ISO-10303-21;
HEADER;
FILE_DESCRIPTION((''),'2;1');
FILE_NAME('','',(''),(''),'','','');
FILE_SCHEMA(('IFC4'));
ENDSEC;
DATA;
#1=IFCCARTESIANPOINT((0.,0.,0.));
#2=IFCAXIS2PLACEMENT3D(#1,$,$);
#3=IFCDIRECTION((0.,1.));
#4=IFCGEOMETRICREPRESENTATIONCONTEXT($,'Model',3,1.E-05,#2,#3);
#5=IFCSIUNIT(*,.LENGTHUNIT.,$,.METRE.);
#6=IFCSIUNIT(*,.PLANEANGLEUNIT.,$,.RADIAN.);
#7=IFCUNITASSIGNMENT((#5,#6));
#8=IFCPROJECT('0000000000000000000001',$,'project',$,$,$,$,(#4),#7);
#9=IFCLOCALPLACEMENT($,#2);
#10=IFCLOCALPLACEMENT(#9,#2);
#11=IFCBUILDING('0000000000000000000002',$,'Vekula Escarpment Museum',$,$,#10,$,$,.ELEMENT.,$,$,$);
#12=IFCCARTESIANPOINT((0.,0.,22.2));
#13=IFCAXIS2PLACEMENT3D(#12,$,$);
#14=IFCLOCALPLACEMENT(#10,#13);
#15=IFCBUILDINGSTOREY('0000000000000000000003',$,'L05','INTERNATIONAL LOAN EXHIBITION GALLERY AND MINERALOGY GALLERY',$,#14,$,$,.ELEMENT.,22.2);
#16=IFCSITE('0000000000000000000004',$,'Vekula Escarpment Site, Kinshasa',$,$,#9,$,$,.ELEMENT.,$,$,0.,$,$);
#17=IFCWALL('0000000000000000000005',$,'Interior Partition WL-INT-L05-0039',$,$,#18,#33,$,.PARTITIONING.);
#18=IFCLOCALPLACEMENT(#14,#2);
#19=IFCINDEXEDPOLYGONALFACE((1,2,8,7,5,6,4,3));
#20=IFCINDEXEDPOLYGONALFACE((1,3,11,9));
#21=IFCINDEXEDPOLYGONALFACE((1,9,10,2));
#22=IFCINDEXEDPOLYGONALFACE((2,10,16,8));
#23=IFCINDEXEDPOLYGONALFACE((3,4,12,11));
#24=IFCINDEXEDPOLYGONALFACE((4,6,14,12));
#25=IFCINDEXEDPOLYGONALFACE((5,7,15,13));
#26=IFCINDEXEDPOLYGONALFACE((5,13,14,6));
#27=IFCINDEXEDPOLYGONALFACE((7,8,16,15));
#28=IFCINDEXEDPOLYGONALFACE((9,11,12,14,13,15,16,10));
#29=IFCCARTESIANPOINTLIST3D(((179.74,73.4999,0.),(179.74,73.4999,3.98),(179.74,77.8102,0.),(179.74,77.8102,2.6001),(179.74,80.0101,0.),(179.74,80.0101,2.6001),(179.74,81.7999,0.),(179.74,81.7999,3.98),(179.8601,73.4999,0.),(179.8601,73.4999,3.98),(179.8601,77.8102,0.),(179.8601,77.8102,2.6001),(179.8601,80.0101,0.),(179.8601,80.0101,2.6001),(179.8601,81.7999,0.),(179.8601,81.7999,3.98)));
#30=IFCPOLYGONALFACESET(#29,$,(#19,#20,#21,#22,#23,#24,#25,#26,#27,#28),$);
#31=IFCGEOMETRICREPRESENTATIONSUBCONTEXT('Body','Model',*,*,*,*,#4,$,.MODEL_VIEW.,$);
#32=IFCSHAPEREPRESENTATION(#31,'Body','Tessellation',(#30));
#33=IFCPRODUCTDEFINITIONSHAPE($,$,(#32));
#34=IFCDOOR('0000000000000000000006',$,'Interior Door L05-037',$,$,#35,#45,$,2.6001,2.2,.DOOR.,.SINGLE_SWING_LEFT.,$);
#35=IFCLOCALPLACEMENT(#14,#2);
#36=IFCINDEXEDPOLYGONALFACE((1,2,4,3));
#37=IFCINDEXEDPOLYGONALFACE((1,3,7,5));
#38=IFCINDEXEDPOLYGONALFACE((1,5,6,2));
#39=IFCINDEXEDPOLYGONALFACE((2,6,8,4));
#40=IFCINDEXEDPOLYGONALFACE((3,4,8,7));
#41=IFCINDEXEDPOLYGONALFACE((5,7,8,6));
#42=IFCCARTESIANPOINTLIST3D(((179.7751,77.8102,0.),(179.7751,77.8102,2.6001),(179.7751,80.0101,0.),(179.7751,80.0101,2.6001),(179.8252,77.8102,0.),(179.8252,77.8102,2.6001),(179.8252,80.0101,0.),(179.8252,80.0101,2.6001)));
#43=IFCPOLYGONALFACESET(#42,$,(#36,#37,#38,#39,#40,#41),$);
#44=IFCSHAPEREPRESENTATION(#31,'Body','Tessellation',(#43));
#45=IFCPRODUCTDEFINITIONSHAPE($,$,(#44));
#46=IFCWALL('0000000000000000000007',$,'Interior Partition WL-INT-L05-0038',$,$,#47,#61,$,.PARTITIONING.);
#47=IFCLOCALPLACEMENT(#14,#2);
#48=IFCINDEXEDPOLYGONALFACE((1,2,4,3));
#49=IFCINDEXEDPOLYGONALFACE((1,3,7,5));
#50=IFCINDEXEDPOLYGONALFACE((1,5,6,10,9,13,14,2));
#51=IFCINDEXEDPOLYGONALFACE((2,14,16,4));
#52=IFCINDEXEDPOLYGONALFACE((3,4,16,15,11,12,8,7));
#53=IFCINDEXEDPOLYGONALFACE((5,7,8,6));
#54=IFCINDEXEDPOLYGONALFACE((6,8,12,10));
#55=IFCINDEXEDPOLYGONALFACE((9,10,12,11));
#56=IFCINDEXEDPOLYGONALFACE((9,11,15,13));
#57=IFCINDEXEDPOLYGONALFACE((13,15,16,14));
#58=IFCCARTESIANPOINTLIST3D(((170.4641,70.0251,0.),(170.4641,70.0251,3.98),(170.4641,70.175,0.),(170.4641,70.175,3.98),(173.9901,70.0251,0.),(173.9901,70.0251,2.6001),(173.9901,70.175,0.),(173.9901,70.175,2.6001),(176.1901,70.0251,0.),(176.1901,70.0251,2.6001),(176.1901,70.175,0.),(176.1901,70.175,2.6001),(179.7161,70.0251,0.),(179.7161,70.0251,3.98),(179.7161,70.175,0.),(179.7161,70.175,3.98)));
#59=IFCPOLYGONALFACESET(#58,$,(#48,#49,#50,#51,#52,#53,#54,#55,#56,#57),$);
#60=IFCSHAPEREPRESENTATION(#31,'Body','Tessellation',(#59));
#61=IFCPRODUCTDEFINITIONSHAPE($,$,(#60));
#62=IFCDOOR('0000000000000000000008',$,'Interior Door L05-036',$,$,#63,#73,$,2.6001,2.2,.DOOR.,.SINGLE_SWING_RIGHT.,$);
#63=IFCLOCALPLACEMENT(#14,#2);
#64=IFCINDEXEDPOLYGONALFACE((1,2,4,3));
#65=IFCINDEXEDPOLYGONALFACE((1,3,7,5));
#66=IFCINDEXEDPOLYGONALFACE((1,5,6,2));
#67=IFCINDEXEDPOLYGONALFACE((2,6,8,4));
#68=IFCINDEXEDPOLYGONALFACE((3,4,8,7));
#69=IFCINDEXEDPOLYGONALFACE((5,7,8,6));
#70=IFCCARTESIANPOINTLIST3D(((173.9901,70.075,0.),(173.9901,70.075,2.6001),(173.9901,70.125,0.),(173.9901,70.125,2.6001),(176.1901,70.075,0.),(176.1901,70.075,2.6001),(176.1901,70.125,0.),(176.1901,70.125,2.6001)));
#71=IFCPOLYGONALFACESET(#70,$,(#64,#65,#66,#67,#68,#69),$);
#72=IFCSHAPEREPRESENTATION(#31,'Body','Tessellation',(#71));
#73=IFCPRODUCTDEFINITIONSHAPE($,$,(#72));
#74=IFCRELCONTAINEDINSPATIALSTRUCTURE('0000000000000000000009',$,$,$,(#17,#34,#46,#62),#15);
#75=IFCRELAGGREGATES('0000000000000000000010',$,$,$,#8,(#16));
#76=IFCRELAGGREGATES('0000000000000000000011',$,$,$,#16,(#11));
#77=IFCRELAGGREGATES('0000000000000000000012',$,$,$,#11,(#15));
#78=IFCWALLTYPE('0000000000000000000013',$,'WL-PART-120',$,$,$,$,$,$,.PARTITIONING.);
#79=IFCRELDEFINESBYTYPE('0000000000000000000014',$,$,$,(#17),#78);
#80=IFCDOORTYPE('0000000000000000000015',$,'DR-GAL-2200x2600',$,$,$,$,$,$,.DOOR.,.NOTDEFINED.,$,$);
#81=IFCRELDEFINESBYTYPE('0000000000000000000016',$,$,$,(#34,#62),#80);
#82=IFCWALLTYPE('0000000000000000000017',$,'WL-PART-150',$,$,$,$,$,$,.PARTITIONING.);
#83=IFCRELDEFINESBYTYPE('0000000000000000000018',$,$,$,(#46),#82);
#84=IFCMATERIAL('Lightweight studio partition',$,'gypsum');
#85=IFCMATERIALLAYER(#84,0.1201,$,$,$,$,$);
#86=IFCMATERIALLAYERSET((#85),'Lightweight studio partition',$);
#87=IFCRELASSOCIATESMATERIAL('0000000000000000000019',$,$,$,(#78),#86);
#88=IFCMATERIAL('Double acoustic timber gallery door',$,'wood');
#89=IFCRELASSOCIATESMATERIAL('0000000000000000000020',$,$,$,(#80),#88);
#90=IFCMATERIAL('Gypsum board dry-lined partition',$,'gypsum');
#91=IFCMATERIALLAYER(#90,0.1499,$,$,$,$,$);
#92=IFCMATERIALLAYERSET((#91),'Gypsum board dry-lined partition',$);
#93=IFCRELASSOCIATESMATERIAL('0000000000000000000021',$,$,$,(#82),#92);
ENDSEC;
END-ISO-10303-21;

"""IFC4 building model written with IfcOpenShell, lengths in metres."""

from ifc_helpers import new_model, si_unit, direction, frame, frame_2d, origin, place, context, subcontext, project, spatial, rectangle, extrude, material, layer, layer_set, type_object, element, fill, save


model = new_model("IFC4")

# Units and contexts
model_context = context("Model", 3, precision=1e-05, world=origin(), true_north=direction((0.0, 1.0)))
body_context = subcontext(model_context, "Body", "Model", "MODEL_VIEW")
ifc_project = project(units=[si_unit("LENGTHUNIT", "METRE"), si_unit("PLANEANGLEUNIT", "RADIAN")], contexts=[model_context])

# Site, building, storey
site_placement = place(None, origin())
site = spatial("IfcSite", under=ifc_project, at=site_placement, Name="Vekula Escarpment Site, Kinshasa", CompositionType="ELEMENT", RefElevation=0.0)
building_placement = place(site_placement, origin())
building = spatial("IfcBuilding", under=site, at=building_placement, Name="Vekula Escarpment Museum", CompositionType="ELEMENT")
storey_placement = place(building_placement, frame((0.0, 0.0, 22.2)))
storey = spatial("IfcBuildingStorey", under=building, at=storey_placement, Name="L05", Description="INTERNATIONAL LOAN EXHIBITION GALLERY AND MINERALOGY GALLERY", CompositionType="ELEMENT", Elevation=22.2)

# Walls, openings, doors
ifc_material_1 = material(Name="Lightweight studio partition", Category="gypsum")
ifc_layer_1 = layer(ifc_material_1, 0.1201)
ifc_layer_set_1 = layer_set([ifc_layer_1], Name="Lightweight studio partition")
wall_type_1 = type_object("IfcWallType", Name="WL-PART-120", PredefinedType="PARTITIONING", material=ifc_layer_set_1)
wall_1_placement = place(storey_placement, frame((179.8, 73.5, 0.0), z_axis=(0.0, 0.0, 1.0), x_axis=(0.0, 1.0, 0.0)))
wall_1 = element("IfcWall", 1, at=wall_1_placement, inside=storey, type_object=wall_type_1, Name="Interior Partition WL-INT-L05-0039", PredefinedType="PARTITIONING", context=body_context, shape_type="SweptSolid", body=[
    extrude(rectangle(XDim=8.3, YDim=0.1201, at=frame_2d((4.1499, 0.0))), origin(), (0.0, 0.0, 1.0), 3.98),
])
opening_1_placement = place(wall_1_placement, frame((4.3101, 0.0, 0.0)))
opening_1 = element("IfcOpeningElement", 2, at=opening_1_placement, cuts=wall_1, PredefinedType="OPENING", context=body_context, shape_type="SweptSolid", body=[
    extrude(rectangle(XDim=2.2, YDim=2.6001, at=frame_2d((1.1001, 1.3))), frame((0.0, 0.0701, 0.0), z_axis=(0.0, -1.0, 0.0), x_axis=(1.0, 0.0, 0.0)), (0.0, 0.0, 1.0), 0.1401),
])
ifc_material_2 = material(Name="Double acoustic timber gallery door", Category="wood")
door_type_1 = type_object("IfcDoorType", Name="DR-GAL-2200x2600", OperationType="NOTDEFINED", PredefinedType="DOOR", material=ifc_material_2)
door_1_placement = place(opening_1_placement, origin())
door_1 = element("IfcDoor", 3, at=door_1_placement, inside=storey, type_object=door_type_1, Name="Interior Door L05-037", OperationType="SINGLE_SWING_LEFT", OverallHeight=2.6001, OverallWidth=2.2, PredefinedType="DOOR", context=body_context, shape_type="SweptSolid", body=[
    extrude(rectangle(XDim=2.2, YDim=2.6001, at=frame_2d((1.1001, 1.3))), frame((0.0, 0.0249, 0.0), z_axis=(0.0, -1.0, 0.0), x_axis=(1.0, 0.0, 0.0)), (0.0, 0.0, 1.0), 0.05),
])
fill(opening_1, door_1)
ifc_material_3 = material(Name="Gypsum board dry-lined partition", Category="gypsum")
ifc_layer_2 = layer(ifc_material_3, 0.1499)
ifc_layer_set_2 = layer_set([ifc_layer_2], Name="Gypsum board dry-lined partition")
wall_type_2 = type_object("IfcWallType", Name="WL-PART-150", PredefinedType="PARTITIONING", material=ifc_layer_set_2)
wall_2_placement = place(storey_placement, frame((170.4641, 70.1001, 0.0), z_axis=(0.0, 0.0, 1.0), x_axis=(1.0, 0.0, 0.0)))
wall_2 = element("IfcWall", 4, at=wall_2_placement, inside=storey, type_object=wall_type_2, Name="Interior Partition WL-INT-L05-0038", PredefinedType="PARTITIONING", context=body_context, shape_type="SweptSolid", body=[
    extrude(rectangle(XDim=9.252, YDim=0.1499, at=frame_2d((4.626, 0.0))), origin(), (0.0, 0.0, 1.0), 3.98),
])
opening_2_placement = place(wall_2_placement, frame((3.5259, 0.0, 0.0)))
opening_2 = element("IfcOpeningElement", 5, at=opening_2_placement, cuts=wall_2, PredefinedType="OPENING", context=body_context, shape_type="SweptSolid", body=[
    extrude(rectangle(XDim=2.2, YDim=2.6001, at=frame_2d((1.1001, 1.3))), frame((0.0, 0.085, 0.0), z_axis=(0.0, -1.0, 0.0), x_axis=(1.0, 0.0, 0.0)), (0.0, 0.0, 1.0), 0.1699),
])
door_2_placement = place(opening_2_placement, origin())
door_2 = element("IfcDoor", 6, at=door_2_placement, inside=storey, type_object=door_type_1, Name="Interior Door L05-036", OperationType="SINGLE_SWING_RIGHT", OverallHeight=2.6001, OverallWidth=2.2, PredefinedType="DOOR", context=body_context, shape_type="SweptSolid", body=[
    extrude(rectangle(XDim=2.2, YDim=2.6001, at=frame_2d((1.1001, 1.3))), frame((0.0, 0.0249, 0.0), z_axis=(0.0, -1.0, 0.0), x_axis=(1.0, 0.0, 0.0)), (0.0, 0.0, 1.0), 0.05),
])
fill(opening_2, door_2)

save(model, "model.ifc")
